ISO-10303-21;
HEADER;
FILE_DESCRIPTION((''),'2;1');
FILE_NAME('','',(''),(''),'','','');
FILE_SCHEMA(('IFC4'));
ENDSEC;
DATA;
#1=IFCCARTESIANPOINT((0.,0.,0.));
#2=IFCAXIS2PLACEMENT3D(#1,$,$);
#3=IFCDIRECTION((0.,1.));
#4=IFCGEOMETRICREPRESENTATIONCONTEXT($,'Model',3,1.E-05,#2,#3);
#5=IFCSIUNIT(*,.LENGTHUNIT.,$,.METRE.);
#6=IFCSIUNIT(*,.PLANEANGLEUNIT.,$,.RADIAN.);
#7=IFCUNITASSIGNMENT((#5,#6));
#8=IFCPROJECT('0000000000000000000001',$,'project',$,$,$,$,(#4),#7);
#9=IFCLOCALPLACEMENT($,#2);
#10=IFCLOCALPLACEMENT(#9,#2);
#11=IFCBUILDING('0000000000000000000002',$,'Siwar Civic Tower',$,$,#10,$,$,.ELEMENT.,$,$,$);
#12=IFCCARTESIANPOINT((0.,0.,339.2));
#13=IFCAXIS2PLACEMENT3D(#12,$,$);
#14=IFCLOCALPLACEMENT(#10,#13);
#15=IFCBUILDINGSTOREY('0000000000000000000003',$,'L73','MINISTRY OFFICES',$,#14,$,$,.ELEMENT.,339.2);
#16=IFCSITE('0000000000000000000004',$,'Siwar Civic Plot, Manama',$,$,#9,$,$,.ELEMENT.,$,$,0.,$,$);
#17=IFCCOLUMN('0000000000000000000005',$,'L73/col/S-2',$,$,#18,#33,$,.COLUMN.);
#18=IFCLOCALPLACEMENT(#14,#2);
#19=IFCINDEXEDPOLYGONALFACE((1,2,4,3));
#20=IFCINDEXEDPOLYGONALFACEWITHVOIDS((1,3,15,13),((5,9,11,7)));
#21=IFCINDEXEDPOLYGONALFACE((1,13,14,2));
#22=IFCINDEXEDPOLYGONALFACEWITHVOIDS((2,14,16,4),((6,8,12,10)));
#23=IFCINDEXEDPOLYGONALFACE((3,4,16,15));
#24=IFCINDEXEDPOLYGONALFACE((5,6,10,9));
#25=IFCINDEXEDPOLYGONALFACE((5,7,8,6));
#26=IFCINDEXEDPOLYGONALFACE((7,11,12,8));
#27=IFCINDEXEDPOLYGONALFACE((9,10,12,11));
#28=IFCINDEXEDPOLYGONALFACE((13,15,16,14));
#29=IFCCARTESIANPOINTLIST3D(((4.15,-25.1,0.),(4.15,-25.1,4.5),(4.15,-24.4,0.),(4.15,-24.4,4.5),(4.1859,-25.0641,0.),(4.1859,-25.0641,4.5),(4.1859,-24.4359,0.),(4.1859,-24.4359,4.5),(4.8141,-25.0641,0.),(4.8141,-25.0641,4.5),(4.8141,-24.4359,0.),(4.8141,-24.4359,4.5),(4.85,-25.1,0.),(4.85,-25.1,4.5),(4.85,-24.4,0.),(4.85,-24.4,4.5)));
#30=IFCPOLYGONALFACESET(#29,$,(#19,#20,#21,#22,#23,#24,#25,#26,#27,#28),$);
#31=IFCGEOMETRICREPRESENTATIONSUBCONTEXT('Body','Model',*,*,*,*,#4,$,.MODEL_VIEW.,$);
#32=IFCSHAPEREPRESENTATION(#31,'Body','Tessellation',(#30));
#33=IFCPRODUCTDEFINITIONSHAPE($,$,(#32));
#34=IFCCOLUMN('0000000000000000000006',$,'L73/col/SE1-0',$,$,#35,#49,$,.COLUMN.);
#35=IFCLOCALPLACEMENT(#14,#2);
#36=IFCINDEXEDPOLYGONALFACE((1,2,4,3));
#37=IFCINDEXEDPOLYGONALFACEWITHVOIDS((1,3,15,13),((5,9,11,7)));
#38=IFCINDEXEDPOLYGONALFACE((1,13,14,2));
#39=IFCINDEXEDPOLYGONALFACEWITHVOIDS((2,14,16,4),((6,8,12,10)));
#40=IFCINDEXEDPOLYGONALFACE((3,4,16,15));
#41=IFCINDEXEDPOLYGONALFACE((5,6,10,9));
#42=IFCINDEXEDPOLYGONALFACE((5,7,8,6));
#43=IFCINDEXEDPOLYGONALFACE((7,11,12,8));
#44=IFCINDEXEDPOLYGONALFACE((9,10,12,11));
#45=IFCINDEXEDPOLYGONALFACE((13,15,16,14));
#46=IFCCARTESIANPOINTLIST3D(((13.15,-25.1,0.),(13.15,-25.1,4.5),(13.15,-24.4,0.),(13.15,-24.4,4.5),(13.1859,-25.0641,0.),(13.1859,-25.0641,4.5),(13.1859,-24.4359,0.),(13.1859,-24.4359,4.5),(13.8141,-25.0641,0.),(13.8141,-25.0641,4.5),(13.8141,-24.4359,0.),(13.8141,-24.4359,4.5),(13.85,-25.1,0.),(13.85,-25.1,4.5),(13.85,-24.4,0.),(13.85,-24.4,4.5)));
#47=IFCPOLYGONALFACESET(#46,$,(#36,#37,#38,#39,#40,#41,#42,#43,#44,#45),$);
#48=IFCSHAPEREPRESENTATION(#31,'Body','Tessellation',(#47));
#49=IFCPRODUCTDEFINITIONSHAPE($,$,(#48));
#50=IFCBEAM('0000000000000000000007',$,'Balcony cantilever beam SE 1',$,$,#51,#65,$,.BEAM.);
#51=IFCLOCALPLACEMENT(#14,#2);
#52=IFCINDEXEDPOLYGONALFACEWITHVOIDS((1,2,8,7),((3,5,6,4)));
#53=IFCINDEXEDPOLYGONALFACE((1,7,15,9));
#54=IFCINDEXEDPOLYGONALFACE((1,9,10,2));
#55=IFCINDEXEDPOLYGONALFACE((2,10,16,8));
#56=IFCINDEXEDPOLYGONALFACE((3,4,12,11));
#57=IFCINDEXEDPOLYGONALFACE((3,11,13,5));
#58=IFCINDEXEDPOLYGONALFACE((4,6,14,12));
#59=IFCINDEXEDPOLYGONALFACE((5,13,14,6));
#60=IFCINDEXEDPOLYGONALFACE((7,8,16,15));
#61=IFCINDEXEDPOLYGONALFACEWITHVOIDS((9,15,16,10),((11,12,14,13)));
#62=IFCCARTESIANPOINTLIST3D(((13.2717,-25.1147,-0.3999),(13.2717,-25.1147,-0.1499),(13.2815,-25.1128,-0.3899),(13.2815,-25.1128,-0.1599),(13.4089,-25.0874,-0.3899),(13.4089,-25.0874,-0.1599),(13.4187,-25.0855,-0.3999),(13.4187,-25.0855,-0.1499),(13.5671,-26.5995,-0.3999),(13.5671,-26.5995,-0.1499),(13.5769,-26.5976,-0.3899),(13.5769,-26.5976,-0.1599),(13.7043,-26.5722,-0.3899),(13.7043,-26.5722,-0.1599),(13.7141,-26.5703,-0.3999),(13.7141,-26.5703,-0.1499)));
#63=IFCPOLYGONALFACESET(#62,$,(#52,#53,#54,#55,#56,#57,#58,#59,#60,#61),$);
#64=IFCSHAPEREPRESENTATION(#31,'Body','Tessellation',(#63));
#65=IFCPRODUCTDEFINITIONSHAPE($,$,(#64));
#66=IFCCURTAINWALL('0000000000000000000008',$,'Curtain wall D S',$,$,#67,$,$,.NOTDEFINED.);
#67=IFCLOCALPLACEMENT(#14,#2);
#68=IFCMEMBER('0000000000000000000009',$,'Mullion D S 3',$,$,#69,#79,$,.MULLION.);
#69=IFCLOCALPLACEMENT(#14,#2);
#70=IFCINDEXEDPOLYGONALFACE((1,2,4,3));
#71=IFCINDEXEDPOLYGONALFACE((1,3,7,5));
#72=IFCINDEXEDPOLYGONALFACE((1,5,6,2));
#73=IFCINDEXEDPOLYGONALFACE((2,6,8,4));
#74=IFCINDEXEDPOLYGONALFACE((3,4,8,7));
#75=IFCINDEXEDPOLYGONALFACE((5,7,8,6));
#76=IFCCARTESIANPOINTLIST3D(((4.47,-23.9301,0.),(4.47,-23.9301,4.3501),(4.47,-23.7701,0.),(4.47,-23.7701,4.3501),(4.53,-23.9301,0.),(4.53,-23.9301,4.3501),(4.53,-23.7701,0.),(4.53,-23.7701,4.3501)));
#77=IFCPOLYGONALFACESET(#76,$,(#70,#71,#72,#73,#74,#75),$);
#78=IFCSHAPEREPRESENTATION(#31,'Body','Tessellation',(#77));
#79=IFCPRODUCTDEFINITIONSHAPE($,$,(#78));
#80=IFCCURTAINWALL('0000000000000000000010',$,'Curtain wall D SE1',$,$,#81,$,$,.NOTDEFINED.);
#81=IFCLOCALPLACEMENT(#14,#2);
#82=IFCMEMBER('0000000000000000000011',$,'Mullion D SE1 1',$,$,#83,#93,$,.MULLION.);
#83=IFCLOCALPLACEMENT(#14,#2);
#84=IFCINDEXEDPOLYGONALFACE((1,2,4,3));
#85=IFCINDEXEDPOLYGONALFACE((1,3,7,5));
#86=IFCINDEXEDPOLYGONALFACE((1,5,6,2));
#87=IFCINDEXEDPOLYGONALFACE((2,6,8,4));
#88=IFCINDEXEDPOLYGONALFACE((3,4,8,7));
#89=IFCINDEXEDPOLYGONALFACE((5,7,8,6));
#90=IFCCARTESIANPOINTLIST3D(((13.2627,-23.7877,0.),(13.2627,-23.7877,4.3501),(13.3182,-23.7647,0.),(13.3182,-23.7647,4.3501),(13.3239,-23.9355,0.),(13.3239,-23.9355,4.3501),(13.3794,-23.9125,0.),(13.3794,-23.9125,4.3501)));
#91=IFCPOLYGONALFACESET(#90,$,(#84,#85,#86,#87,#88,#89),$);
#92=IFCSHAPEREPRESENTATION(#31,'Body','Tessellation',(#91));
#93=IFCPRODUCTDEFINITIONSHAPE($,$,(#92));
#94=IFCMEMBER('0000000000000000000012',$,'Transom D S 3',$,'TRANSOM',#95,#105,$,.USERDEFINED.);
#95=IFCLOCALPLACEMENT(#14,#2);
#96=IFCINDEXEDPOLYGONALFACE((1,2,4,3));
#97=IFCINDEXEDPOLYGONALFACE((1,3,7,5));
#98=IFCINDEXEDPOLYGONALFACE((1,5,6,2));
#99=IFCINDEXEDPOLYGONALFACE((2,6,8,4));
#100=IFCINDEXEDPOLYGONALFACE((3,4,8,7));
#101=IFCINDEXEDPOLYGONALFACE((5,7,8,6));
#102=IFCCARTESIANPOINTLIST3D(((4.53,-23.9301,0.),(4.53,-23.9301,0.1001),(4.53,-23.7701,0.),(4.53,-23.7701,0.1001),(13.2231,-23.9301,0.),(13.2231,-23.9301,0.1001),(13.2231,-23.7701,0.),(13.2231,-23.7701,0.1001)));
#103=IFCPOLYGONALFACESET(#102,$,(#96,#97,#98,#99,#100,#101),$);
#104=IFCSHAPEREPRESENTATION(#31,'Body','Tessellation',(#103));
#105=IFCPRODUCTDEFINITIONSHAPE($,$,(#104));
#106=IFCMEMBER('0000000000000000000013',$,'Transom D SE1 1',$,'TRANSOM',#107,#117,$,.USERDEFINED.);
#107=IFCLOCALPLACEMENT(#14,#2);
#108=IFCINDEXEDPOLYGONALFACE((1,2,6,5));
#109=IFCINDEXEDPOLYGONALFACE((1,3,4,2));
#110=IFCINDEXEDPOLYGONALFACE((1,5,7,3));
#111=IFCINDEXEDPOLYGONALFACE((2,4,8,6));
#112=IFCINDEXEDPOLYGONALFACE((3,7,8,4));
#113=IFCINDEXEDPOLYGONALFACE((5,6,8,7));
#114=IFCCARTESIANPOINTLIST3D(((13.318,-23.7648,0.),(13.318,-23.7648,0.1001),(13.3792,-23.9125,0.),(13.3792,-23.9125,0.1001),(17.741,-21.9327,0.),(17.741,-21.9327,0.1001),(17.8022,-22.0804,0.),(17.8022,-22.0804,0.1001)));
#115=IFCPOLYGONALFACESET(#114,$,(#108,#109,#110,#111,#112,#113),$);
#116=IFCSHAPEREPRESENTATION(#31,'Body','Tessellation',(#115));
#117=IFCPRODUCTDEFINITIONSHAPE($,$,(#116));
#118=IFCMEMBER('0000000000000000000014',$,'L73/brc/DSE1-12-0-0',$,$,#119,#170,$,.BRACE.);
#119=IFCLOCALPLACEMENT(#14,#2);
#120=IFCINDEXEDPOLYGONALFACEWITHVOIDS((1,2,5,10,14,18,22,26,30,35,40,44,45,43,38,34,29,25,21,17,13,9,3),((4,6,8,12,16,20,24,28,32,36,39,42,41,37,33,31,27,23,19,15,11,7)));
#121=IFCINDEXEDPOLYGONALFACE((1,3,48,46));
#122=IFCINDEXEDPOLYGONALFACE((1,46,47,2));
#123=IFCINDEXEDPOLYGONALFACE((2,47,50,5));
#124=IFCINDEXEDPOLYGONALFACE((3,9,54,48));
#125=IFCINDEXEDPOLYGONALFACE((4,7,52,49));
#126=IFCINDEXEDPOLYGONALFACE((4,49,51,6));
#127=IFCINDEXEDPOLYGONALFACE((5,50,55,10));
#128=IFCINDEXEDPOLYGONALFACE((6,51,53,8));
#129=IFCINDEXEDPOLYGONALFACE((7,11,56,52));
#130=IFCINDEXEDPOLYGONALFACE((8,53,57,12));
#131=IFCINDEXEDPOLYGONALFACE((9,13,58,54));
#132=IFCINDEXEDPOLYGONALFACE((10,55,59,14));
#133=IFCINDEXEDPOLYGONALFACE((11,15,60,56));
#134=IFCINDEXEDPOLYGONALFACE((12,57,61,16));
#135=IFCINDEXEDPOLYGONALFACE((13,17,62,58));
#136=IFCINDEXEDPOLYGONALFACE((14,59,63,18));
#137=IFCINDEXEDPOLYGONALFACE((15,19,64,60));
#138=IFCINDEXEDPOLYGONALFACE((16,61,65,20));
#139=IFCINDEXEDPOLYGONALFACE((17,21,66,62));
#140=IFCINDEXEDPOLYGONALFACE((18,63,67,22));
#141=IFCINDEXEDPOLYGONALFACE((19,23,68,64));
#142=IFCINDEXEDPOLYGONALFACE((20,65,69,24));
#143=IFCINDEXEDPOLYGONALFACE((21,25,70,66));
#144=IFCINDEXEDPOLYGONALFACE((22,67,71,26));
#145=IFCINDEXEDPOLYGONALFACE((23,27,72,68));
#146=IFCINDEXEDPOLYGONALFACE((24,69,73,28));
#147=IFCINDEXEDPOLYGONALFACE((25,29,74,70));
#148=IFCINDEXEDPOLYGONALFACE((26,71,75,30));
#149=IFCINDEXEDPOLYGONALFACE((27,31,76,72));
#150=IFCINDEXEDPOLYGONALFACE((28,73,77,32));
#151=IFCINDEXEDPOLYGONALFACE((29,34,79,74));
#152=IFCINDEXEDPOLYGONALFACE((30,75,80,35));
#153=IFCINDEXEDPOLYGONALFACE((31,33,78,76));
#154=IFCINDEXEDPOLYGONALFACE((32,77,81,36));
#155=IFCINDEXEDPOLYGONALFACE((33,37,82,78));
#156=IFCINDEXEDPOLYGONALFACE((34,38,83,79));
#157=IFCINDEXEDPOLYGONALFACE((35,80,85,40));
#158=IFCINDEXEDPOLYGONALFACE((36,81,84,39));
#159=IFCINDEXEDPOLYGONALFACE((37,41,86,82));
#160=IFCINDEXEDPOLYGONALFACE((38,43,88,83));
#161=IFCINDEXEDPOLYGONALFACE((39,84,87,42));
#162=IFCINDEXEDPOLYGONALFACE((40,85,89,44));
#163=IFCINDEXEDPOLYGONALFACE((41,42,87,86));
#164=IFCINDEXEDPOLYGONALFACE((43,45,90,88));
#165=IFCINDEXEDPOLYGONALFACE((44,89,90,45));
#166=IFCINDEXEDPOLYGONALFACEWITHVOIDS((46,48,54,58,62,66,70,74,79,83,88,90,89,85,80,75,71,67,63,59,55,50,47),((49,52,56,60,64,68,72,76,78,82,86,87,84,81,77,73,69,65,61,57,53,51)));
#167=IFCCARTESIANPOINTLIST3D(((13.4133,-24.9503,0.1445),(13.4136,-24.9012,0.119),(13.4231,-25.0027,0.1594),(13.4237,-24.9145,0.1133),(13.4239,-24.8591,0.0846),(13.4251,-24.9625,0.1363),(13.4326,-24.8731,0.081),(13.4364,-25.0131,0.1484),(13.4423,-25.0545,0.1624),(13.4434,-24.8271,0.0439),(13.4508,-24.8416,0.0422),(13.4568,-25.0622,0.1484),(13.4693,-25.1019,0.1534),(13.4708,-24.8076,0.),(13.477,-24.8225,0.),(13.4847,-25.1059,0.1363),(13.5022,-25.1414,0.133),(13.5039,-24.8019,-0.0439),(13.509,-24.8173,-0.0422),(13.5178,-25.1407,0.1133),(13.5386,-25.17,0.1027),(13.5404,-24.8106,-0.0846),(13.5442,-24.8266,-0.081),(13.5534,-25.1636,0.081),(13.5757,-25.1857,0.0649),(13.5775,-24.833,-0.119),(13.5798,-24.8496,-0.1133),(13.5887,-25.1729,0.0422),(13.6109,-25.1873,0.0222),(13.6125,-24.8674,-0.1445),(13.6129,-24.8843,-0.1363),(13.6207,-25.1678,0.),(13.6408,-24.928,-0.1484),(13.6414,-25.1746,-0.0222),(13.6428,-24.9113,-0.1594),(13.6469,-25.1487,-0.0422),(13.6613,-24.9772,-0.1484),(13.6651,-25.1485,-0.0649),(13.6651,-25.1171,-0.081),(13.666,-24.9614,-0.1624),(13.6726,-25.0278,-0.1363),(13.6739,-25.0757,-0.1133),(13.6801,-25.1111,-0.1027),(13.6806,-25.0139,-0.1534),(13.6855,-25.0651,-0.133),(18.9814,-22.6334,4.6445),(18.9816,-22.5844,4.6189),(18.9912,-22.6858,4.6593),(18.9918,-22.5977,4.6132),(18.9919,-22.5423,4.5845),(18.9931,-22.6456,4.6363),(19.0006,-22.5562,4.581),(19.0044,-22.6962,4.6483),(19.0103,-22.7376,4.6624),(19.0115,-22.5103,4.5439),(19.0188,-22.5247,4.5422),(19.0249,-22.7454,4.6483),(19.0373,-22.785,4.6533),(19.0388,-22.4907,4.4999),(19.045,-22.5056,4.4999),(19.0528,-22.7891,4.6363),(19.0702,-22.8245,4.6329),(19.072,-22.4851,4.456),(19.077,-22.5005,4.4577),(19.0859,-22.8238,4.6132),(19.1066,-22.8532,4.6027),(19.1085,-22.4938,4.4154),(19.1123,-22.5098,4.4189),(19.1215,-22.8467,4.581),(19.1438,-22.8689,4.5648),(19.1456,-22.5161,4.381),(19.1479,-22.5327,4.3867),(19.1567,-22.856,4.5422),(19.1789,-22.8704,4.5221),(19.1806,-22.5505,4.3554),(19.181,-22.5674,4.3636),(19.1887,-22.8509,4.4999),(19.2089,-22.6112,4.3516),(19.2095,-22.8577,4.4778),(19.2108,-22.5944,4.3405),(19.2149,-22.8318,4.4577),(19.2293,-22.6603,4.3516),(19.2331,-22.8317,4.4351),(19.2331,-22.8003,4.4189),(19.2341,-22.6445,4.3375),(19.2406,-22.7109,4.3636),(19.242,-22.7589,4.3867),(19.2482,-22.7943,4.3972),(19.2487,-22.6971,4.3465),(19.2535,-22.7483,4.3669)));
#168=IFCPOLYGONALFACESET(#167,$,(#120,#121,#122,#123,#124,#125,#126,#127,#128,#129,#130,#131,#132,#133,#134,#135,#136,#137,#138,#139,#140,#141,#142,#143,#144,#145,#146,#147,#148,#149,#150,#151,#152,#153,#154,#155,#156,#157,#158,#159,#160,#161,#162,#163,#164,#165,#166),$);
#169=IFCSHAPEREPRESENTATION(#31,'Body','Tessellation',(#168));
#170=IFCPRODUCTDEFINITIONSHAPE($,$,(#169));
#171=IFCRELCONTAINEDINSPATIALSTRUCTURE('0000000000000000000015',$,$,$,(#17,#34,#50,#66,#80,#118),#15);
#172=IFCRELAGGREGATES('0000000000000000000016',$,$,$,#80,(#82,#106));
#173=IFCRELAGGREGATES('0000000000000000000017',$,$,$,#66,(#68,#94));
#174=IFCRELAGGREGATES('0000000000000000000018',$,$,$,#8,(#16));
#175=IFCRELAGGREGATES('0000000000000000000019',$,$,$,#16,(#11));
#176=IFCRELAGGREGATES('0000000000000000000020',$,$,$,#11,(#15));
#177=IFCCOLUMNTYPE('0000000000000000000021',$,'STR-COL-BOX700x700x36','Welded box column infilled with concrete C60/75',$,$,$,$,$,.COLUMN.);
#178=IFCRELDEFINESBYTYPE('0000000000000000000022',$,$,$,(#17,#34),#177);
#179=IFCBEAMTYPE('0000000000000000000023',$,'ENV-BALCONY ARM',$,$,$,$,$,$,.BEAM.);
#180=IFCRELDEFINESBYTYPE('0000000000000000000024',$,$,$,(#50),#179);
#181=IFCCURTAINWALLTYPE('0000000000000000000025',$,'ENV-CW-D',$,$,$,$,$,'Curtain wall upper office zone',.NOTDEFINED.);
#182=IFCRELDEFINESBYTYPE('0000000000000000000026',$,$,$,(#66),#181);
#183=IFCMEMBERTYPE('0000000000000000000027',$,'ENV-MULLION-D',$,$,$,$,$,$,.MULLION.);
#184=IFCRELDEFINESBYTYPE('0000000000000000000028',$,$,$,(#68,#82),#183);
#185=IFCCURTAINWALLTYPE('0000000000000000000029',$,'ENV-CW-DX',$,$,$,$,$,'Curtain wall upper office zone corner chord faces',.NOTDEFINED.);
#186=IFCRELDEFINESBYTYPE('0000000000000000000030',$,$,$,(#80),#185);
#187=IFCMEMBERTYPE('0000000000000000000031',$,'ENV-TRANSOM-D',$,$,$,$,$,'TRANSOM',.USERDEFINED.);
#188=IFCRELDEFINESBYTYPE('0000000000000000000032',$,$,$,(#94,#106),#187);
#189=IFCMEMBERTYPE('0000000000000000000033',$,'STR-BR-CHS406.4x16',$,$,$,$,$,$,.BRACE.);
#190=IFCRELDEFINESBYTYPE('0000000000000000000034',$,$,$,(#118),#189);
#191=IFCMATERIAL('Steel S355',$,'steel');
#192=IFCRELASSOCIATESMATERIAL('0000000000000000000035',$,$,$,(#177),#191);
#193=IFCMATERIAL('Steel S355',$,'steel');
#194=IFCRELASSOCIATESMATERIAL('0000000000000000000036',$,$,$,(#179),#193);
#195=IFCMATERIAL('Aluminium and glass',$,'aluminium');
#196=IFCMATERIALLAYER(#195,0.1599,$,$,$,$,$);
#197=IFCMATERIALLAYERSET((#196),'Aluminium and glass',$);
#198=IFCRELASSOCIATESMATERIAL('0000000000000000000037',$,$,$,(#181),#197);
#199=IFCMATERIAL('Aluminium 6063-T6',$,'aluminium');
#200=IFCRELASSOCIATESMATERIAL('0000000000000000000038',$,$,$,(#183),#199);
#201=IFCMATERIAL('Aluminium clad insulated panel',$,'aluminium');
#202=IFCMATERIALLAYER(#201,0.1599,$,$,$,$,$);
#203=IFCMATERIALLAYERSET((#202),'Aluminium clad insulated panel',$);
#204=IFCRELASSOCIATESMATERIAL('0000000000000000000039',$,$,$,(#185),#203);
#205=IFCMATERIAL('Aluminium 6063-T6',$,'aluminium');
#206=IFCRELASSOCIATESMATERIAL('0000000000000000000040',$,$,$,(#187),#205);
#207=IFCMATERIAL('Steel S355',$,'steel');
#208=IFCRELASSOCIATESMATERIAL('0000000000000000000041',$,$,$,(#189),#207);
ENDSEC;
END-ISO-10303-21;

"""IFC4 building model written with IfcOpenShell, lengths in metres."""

from ifc_helpers import new_model, si_unit, direction, frame, origin, origin_2d, place, context, subcontext, project, spatial, rectangle, hollow_rectangle, hollow_circle, extrude, material, layer, layer_set, material_profile, profile_set, type_object, element, aggregate, save


model = new_model("IFC4")

# Units and contexts
model_context = context("Model", 3, precision=1e-05, world=origin(), true_north=direction((0.0, 1.0)))
body_context = subcontext(model_context, "Body", "Model", "MODEL_VIEW")
ifc_project = project(units=[si_unit("LENGTHUNIT", "METRE"), si_unit("PLANEANGLEUNIT", "RADIAN")], contexts=[model_context])

# Site, building, storey
site_placement = place(None, origin())
site = spatial("IfcSite", under=ifc_project, at=site_placement, Name="Siwar Civic Plot, Manama", CompositionType="ELEMENT", RefElevation=0.0)
building_placement = place(site_placement, origin())
building = spatial("IfcBuilding", under=site, at=building_placement, Name="Siwar Civic Tower", CompositionType="ELEMENT")
storey_placement = place(building_placement, frame((0.0, 0.0, 339.2)))
storey = spatial("IfcBuildingStorey", under=building, at=storey_placement, Name="L73", Description="MINISTRY OFFICES", CompositionType="ELEMENT", Elevation=339.2)

# Columns
ifc_material_1 = material(Name="Steel S355", Category="steel")
ifc_material_profile_1 = material_profile(ifc_material_1, hollow_rectangle(XDim=0.7, YDim=0.7, WallThickness=0.0359, at=origin_2d()), Name="BOX700x700x36")
ifc_profile_set_1 = profile_set([ifc_material_profile_1], Name="Steel S355")
column_type = type_object("IfcColumnType", Name="STR-COL-BOX700x700x36", Description="Welded box column infilled with concrete C60/75", PredefinedType="COLUMN", material=ifc_profile_set_1)
for number, where, z_axis, x_axis, name in (
    (1, (4.5, -24.75, 0.0), (0.0, 0.0, 1.0), (1.0, 0.0, 0.0), "L73/col/S-2"),
    (2, (13.5, -24.75, 0.0), (0.0, 0.0, 1.0), (1.0, 0.0, 0.0), "L73/col/SE1-0"),
):
    element("IfcColumn", number, at=place(storey_placement, frame(where, z_axis=z_axis, x_axis=x_axis)), inside=storey, type_object=column_type, Name=name, PredefinedType="COLUMN", context=body_context, shape_type="SweptSolid", body=[
        extrude(hollow_rectangle(XDim=0.7, YDim=0.7, WallThickness=0.0359, at=origin_2d()), origin(), (0.0, 0.0, 1.0), 4.5),
    ])

# Beam
ifc_material_2 = material(Name="Steel S355", Category="steel")
ifc_material_profile_2 = material_profile(ifc_material_2, hollow_rectangle(XDim=0.1499, YDim=0.25, WallThickness=0.01, at=origin_2d()), Name="RHS250x150x10")
ifc_profile_set_2 = profile_set([ifc_material_profile_2], Name="Steel S355")
beam_type_1 = type_object("IfcBeamType", Name="ENV-BALCONY ARM", PredefinedType="BEAM", material=ifc_profile_set_2)
beam_1_placement = place(storey_placement, frame((13.3452, -25.1001, -0.2749), z_axis=(0.195124, -0.980779, 0.0), x_axis=(0.980779, 0.195124, 0.0)))
element("IfcBeam", 3, at=beam_1_placement, inside=storey, type_object=beam_type_1, Name="Balcony cantilever beam SE 1", PredefinedType="BEAM", context=body_context, shape_type="SweptSolid", body=[
    extrude(hollow_rectangle(XDim=0.1499, YDim=0.25, WallThickness=0.01, at=origin_2d()), origin(), (0.0, 0.0, 1.0), 1.5139),
])

# Curtain walls, members
ifc_material_3 = material(Name="Aluminium and glass", Category="aluminium")
ifc_layer_1 = layer(ifc_material_3, 0.1599)
ifc_layer_set_1 = layer_set([ifc_layer_1], Name="Aluminium and glass")
curtain_wall_type_1 = type_object("IfcCurtainWallType", Name="ENV-CW-D", ElementType="Curtain wall upper office zone", PredefinedType="NOTDEFINED", material=ifc_layer_set_1)
curtain_wall_1_placement = place(storey_placement, origin())
curtain_wall_1 = element("IfcCurtainWall", 4, at=curtain_wall_1_placement, inside=storey, type_object=curtain_wall_type_1, Name="Curtain wall D S", PredefinedType="NOTDEFINED")
ifc_material_4 = material(Name="Aluminium 6063-T6", Category="aluminium")
ifc_material_profile_3 = material_profile(ifc_material_4, rectangle(XDim=0.1599, YDim=0.0601, at=origin_2d()), Name="AL 160x60")
ifc_profile_set_3 = profile_set([ifc_material_profile_3], Name="Aluminium 6063-T6")
member_type_1 = type_object("IfcMemberType", Name="ENV-MULLION-D", PredefinedType="MULLION", material=ifc_profile_set_3)
member_1_placement = place(storey_placement, frame((4.5, -23.8501, 0.0), z_axis=(0.0, 0.0, 1.0), x_axis=(0.0, 1.0, 0.0)))
member_1 = element("IfcMember", 5, at=member_1_placement, type_object=member_type_1, Name="Mullion D S 3", PredefinedType="MULLION", context=body_context, shape_type="SweptSolid", body=[
    extrude(rectangle(XDim=0.1599, YDim=0.0601, at=origin_2d()), origin(), (0.0, 0.0, 1.0), 4.3501),
])
ifc_material_5 = material(Name="Aluminium clad insulated panel", Category="aluminium")
ifc_layer_2 = layer(ifc_material_5, 0.1599)
ifc_layer_set_2 = layer_set([ifc_layer_2], Name="Aluminium clad insulated panel")
curtain_wall_type_2 = type_object("IfcCurtainWallType", Name="ENV-CW-DX", ElementType="Curtain wall upper office zone corner chord faces", PredefinedType="NOTDEFINED", material=ifc_layer_set_2)
curtain_wall_2_placement = place(storey_placement, origin())
curtain_wall_2 = element("IfcCurtainWall", 6, at=curtain_wall_2_placement, inside=storey, type_object=curtain_wall_type_2, Name="Curtain wall D SE1", PredefinedType="NOTDEFINED")
member_2_placement = place(storey_placement, frame((13.321, -23.8501, 0.0), z_axis=(0.0, 0.0, 1.0), x_axis=(-0.382683, 0.92388, 0.0)))
member_2 = element("IfcMember", 7, at=member_2_placement, type_object=member_type_1, Name="Mullion D SE1 1", PredefinedType="MULLION", context=body_context, shape_type="SweptSolid", body=[
    extrude(rectangle(XDim=0.1599, YDim=0.0601, at=origin_2d()), origin(), (0.0, 0.0, 1.0), 4.3501),
])

# Members
ifc_material_6 = material(Name="Aluminium 6063-T6", Category="aluminium")
ifc_material_profile_4 = material_profile(ifc_material_6, rectangle(XDim=0.1599, YDim=0.1001, at=origin_2d()), Name="AL 160x100")
ifc_profile_set_4 = profile_set([ifc_material_profile_4], Name="Aluminium 6063-T6")
member_type_2 = type_object("IfcMemberType", Name="ENV-TRANSOM-D", ElementType="TRANSOM", PredefinedType="USERDEFINED", material=ifc_profile_set_4)
member_3_placement = place(storey_placement, frame((4.53, -23.8501, 0.05), z_axis=(1.0, 0.0, 0.0), x_axis=(0.0, 1.0, 0.0)))
member_3 = element("IfcMember", 8, at=member_3_placement, type_object=member_type_2, Name="Transom D S 3", ObjectType="TRANSOM", PredefinedType="USERDEFINED", context=body_context, shape_type="SweptSolid", body=[
    extrude(rectangle(XDim=0.1599, YDim=0.1001, at=origin_2d()), origin(), (0.0, 0.0, 1.0), 8.6931),
])
member_4_placement = place(storey_placement, frame((13.3486, -23.8386, 0.05), z_axis=(0.923878, 0.382688, 0.0), x_axis=(-0.382688, 0.923878, 0.0)))
member_4 = element("IfcMember", 9, at=member_4_placement, type_object=member_type_2, Name="Transom D SE1 1", ObjectType="TRANSOM", PredefinedType="USERDEFINED", context=body_context, shape_type="SweptSolid", body=[
    extrude(rectangle(XDim=0.1599, YDim=0.1001, at=origin_2d()), origin(), (0.0, 0.0, 1.0), 4.7874),
])
aggregate(curtain_wall_2, [member_2, member_4])
ifc_material_7 = material(Name="Steel S355", Category="steel")
ifc_material_profile_5 = material_profile(ifc_material_7, hollow_circle(Radius=0.2031, WallThickness=0.0161, at=origin_2d()), Name="CHS406.4x16")
ifc_profile_set_5 = profile_set([ifc_material_profile_5], Name="Steel S355")
member_type_3 = type_object("IfcMemberType", Name="STR-BR-CHS406.4x16", PredefinedType="BRACE", material=ifc_profile_set_5)
member_5_placement = place(storey_placement, frame((13.5488, -24.9951, 0.0), z_axis=(0.739973, 0.307903, 0.598026), x_axis=(-0.38417, 0.923262, 0.0)))
element("IfcMember", 10, at=member_5_placement, inside=storey, type_object=member_type_3, Name="L73/brc/DSE1-12-0-0", PredefinedType="BRACE", context=body_context, shape_type="SweptSolid", body=[
    extrude(hollow_circle(Radius=0.2031, WallThickness=0.0161, at=origin_2d()), origin(), (0.0, 0.0, 1.0), 7.5247),
])

aggregate(curtain_wall_1, [member_1, member_3])

save(model, "model.ifc")
